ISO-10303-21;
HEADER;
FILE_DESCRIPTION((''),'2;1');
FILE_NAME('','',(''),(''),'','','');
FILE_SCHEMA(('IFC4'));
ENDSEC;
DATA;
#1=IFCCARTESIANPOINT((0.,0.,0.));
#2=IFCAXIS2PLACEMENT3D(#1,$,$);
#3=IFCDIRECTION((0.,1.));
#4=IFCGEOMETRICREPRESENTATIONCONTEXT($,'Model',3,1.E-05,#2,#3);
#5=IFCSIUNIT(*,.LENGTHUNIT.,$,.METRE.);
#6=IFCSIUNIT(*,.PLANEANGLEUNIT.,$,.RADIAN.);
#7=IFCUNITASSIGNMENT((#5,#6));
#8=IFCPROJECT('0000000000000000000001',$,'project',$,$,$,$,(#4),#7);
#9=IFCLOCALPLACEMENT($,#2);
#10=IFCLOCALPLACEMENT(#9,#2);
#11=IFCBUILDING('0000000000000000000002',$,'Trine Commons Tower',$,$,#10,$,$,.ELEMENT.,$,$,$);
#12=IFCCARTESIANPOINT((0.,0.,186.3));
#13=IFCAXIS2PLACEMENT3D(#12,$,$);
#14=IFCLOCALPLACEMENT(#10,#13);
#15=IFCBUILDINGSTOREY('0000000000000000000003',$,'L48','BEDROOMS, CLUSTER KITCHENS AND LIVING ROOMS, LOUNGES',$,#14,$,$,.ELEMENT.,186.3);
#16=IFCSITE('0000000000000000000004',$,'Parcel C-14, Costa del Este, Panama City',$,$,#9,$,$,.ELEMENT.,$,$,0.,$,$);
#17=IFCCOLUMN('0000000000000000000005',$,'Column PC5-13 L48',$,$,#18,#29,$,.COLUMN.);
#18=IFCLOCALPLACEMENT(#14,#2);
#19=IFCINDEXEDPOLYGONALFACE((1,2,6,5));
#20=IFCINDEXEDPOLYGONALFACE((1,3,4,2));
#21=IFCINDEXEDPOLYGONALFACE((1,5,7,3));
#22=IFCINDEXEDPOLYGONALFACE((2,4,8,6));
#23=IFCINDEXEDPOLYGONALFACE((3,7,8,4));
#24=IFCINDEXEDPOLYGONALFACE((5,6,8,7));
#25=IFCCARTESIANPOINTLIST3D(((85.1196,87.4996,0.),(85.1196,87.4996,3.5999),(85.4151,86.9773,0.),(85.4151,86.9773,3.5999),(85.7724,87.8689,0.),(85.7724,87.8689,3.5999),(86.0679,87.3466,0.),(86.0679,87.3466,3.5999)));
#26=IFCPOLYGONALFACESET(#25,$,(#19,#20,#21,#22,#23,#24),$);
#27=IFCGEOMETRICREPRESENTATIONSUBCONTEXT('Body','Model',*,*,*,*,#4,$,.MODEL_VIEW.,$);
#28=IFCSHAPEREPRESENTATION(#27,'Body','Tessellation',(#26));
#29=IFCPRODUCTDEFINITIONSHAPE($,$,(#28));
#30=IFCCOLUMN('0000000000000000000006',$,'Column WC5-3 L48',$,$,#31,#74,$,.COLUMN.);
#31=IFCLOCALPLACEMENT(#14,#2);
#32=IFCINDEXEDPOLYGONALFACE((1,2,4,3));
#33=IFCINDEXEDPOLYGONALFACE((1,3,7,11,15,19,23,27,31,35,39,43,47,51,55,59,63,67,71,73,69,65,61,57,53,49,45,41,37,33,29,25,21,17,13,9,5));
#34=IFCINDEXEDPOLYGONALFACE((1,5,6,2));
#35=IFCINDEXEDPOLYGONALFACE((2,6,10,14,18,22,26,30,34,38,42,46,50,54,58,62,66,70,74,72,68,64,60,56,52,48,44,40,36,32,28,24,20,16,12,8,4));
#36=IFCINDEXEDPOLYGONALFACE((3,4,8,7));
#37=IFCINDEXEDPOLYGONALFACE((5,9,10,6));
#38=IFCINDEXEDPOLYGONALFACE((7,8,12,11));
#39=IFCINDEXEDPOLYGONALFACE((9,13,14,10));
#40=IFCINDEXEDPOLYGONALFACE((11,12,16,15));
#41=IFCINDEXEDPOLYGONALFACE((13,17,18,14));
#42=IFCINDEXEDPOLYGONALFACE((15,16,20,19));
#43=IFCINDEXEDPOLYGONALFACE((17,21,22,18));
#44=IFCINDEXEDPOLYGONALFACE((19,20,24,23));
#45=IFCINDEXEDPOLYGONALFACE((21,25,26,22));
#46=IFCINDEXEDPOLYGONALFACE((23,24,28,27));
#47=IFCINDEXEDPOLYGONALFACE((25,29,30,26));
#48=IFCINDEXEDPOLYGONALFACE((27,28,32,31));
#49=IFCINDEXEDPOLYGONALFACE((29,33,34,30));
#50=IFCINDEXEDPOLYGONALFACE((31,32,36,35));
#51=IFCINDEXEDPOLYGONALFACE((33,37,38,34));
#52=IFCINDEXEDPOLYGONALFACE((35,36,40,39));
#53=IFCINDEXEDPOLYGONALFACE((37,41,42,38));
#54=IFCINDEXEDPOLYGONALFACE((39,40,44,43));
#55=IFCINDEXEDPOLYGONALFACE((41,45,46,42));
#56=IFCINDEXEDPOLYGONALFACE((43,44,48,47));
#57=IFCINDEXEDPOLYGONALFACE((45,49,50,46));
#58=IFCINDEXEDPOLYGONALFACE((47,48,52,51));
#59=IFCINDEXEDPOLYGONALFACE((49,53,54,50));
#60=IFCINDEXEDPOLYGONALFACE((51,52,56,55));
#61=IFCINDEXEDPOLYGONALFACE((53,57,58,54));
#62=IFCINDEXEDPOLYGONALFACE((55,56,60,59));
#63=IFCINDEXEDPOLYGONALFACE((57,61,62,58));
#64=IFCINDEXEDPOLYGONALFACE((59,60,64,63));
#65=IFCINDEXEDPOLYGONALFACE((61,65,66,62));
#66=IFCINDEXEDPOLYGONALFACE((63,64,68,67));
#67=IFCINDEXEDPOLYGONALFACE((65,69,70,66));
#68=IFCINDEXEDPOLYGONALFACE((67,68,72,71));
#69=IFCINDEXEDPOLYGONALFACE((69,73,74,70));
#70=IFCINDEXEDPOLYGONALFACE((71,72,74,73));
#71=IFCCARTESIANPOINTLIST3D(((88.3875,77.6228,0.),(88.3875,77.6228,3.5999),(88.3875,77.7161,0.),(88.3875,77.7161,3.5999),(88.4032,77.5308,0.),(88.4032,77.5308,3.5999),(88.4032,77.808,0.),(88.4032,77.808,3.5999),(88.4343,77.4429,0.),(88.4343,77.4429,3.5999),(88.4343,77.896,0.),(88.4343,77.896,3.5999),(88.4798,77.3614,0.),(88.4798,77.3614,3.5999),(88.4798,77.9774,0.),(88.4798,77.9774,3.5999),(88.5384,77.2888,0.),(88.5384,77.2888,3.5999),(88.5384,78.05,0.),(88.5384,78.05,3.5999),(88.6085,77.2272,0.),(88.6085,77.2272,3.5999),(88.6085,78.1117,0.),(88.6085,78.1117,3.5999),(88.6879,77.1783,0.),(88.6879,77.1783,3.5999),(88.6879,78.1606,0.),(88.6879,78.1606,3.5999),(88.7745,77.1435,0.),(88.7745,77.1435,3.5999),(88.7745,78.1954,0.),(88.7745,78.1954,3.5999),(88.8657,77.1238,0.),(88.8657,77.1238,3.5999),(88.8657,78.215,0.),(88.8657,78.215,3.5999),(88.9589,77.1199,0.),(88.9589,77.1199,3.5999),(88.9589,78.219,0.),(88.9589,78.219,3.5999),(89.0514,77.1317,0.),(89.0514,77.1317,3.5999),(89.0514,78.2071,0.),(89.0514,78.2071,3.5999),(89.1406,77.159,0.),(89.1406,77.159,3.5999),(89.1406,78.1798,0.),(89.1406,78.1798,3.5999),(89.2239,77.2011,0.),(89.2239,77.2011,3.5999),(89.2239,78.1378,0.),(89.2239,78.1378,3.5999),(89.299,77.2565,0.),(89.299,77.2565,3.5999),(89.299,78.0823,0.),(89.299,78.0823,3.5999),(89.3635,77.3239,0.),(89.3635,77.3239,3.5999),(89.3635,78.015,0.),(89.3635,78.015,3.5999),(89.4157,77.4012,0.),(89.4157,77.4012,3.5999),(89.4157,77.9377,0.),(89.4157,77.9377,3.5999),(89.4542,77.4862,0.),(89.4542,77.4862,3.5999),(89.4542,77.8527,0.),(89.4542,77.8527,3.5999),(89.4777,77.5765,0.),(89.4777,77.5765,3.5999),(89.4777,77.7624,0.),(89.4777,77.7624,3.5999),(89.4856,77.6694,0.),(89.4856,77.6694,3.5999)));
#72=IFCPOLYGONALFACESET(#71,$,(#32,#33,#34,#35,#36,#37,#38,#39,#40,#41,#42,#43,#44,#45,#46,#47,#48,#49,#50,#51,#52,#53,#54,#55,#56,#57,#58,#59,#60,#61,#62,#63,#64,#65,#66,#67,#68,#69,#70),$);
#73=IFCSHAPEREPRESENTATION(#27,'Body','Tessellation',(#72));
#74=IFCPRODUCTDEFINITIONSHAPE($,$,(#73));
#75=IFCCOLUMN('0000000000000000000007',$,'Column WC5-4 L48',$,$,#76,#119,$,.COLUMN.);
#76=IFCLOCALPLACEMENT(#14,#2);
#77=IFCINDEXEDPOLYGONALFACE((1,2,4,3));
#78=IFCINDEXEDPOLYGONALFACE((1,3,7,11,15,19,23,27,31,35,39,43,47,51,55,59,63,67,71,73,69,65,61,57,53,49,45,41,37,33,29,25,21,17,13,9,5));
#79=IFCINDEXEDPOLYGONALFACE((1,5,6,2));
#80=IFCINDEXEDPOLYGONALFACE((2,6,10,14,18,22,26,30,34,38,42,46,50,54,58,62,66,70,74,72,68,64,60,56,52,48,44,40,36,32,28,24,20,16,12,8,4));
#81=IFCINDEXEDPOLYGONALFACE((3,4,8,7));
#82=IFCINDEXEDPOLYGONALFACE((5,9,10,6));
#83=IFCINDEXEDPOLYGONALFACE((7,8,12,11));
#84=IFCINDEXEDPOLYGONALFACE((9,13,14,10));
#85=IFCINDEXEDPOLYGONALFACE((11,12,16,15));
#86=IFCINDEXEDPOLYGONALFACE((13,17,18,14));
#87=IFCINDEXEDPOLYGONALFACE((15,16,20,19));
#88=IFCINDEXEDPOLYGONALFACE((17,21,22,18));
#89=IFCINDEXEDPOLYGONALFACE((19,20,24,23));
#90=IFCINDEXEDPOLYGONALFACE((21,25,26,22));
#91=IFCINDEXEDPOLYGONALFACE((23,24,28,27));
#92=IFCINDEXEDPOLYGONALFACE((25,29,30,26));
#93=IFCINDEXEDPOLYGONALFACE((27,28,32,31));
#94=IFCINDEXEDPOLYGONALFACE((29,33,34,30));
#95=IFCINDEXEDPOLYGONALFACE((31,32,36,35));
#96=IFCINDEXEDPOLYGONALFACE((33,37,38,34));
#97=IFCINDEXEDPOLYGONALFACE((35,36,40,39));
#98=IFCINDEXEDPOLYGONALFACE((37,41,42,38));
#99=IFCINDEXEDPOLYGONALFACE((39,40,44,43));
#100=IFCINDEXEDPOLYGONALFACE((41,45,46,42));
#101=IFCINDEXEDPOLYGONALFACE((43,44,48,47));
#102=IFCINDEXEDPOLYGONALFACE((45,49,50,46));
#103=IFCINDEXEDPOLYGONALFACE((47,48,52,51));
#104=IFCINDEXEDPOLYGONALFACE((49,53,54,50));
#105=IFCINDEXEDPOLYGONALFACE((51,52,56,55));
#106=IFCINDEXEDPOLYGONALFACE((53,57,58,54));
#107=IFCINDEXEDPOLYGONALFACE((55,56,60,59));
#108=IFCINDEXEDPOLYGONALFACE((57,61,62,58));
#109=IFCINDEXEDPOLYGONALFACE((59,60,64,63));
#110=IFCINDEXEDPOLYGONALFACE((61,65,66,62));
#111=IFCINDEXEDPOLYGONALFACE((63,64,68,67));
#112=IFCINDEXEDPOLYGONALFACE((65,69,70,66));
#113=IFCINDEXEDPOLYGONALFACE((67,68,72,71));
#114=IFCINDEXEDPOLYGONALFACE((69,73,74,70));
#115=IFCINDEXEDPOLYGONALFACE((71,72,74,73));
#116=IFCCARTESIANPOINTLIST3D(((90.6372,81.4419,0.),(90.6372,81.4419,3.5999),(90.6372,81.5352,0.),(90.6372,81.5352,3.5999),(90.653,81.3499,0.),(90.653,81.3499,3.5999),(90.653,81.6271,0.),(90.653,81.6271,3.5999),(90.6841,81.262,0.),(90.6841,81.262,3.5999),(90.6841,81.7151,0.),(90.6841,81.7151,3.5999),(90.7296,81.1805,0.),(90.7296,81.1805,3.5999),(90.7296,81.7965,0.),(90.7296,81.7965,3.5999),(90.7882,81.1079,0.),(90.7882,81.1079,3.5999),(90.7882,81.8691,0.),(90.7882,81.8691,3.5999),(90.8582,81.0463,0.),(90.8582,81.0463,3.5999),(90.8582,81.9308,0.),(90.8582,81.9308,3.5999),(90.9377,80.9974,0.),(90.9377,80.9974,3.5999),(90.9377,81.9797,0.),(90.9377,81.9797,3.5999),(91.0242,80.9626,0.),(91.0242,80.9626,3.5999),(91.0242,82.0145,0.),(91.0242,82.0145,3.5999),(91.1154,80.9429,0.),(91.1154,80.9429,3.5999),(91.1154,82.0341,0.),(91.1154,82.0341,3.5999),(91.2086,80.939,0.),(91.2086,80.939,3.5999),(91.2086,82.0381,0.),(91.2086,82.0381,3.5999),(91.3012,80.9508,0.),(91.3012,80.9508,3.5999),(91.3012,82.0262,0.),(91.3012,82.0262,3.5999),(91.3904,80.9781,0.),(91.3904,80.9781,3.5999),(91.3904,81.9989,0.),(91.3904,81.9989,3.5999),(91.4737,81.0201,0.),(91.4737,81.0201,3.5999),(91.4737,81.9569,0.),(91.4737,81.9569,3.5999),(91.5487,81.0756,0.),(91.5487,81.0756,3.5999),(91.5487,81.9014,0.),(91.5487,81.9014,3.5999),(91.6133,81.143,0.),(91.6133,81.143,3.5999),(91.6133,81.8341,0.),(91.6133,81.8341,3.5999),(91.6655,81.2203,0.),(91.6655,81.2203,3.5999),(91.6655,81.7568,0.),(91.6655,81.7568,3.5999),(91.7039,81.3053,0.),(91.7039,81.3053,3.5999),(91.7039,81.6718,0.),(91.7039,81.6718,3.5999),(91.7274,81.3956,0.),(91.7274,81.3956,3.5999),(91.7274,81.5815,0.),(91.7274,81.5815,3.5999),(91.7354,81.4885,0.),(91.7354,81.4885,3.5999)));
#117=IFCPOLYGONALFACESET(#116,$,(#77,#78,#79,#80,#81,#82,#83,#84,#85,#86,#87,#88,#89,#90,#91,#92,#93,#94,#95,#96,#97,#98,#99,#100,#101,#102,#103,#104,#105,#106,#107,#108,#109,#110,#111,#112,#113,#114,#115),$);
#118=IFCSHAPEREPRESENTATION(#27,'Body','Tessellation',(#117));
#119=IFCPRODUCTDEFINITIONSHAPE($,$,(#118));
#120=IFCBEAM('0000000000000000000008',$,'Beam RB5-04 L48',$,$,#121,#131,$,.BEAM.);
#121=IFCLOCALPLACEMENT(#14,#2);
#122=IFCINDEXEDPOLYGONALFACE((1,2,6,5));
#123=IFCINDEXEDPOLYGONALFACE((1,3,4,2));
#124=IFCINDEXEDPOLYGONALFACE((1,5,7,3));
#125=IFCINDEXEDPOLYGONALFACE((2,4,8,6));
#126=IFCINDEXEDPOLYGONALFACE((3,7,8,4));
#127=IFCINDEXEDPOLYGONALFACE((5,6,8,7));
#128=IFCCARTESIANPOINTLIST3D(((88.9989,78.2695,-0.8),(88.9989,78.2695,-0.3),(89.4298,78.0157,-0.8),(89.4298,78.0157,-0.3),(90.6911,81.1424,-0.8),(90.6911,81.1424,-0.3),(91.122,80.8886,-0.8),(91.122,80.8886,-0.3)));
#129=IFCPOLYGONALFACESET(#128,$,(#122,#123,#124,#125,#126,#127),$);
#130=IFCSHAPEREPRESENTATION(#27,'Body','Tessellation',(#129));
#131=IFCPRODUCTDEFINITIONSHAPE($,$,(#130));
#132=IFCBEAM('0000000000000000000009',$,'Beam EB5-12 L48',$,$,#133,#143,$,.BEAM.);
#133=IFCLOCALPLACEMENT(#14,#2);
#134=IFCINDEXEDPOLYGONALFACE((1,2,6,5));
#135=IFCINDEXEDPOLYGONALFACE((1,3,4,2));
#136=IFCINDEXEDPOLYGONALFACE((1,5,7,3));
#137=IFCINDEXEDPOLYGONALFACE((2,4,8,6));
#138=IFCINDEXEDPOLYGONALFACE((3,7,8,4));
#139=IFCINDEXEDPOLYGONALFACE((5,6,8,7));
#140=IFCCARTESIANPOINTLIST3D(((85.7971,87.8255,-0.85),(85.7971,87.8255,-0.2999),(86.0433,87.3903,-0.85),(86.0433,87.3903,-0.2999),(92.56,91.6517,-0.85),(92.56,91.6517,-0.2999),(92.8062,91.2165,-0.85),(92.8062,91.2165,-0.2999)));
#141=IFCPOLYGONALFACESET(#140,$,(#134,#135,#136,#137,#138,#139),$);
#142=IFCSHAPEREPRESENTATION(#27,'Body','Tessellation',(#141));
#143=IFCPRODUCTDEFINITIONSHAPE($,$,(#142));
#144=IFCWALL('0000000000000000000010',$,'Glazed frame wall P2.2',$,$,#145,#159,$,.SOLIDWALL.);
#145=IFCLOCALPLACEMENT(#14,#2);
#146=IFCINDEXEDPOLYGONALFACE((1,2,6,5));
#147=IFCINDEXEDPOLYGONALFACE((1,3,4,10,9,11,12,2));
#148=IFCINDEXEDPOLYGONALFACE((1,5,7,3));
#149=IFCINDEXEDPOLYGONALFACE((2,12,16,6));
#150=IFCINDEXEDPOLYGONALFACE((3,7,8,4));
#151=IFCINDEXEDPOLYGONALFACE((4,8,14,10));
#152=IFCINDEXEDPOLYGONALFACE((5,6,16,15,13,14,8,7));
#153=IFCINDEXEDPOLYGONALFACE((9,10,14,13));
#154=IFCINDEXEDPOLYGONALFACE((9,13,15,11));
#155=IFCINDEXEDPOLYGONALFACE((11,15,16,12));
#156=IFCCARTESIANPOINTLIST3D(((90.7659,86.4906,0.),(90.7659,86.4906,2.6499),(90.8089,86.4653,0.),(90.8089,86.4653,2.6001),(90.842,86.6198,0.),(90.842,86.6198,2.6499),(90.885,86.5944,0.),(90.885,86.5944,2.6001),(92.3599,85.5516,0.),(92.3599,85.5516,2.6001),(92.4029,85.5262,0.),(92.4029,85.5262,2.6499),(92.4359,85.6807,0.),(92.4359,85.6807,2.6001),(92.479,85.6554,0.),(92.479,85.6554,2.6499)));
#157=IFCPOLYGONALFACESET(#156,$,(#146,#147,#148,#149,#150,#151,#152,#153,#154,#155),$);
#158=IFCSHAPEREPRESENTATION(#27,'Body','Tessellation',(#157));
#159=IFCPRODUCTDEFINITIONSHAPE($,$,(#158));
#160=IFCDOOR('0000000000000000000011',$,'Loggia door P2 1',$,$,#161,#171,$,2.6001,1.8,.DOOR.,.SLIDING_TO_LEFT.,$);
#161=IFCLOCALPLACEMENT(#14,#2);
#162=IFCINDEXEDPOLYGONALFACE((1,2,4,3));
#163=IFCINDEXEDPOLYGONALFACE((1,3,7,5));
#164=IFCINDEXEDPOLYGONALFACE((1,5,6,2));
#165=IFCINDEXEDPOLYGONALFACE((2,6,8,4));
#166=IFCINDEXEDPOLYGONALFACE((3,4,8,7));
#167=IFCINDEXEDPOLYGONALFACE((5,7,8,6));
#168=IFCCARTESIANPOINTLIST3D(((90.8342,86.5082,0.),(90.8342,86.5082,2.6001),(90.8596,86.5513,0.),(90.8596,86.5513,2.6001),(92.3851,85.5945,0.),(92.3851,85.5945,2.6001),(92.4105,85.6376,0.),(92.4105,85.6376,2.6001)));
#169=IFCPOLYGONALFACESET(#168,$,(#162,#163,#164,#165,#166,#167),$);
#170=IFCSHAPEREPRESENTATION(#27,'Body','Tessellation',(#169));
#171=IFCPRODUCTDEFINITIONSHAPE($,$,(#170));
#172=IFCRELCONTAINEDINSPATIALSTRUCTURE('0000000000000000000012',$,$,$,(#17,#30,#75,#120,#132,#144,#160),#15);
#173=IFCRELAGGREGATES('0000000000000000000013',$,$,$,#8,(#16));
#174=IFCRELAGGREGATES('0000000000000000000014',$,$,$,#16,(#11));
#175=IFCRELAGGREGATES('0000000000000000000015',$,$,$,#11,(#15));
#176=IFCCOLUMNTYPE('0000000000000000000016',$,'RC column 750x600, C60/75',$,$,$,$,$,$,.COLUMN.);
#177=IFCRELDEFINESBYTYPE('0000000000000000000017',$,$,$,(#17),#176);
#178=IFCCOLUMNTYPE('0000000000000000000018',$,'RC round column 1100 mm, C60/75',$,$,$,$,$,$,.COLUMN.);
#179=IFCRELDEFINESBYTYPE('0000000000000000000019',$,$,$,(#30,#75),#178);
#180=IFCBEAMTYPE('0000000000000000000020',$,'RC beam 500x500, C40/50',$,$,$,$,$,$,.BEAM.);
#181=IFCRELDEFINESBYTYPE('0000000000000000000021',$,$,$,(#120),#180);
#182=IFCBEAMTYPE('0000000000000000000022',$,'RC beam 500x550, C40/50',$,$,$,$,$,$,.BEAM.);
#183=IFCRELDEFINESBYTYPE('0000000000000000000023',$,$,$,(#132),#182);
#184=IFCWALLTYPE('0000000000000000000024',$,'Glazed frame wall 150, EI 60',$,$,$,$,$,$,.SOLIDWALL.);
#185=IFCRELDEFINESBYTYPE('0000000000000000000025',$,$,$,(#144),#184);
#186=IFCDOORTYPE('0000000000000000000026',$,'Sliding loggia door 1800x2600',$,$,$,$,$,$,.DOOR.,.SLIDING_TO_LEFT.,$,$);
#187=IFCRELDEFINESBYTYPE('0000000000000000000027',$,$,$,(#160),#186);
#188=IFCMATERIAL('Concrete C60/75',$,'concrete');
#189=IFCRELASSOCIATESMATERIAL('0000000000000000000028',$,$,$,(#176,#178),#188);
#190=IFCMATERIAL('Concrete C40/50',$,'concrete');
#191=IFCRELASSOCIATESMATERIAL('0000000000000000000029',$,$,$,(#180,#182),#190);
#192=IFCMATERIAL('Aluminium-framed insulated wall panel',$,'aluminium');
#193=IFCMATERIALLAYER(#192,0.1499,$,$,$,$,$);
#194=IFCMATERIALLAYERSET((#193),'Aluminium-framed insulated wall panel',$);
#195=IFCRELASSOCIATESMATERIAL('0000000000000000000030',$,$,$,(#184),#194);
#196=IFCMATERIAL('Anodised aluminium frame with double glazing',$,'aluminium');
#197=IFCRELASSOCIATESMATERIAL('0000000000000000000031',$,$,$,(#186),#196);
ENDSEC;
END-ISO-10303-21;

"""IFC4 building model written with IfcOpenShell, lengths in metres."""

from ifc_helpers import new_model, si_unit, direction, frame, frame_2d, origin, origin_2d, place, context, subcontext, project, spatial, polyline, rectangle, circle, outline, extrude, material, layer, layer_set, material_profile, profile_set, type_object, element, fill, save


model = new_model("IFC4")

# Units and contexts
model_context = context("Model", 3, precision=1e-05, world=origin(), true_north=direction((0.0, 1.0)))
body_context = subcontext(model_context, "Body", "Model", "MODEL_VIEW")
ifc_project = project(units=[si_unit("LENGTHUNIT", "METRE"), si_unit("PLANEANGLEUNIT", "RADIAN")], contexts=[model_context])

# Site, building, storey
site_placement = place(None, origin())
site = spatial("IfcSite", under=ifc_project, at=site_placement, Name="Parcel C-14, Costa del Este, Panama City", CompositionType="ELEMENT", RefElevation=0.0)
building_placement = place(site_placement, origin())
building = spatial("IfcBuilding", under=site, at=building_placement, Name="Trine Commons Tower", CompositionType="ELEMENT")
storey_placement = place(building_placement, frame((0.0, 0.0, 186.3)))
storey = spatial("IfcBuildingStorey", under=building, at=storey_placement, Name="L48", Description="BEDROOMS, CLUSTER KITCHENS AND LIVING ROOMS, LOUNGES", CompositionType="ELEMENT", Elevation=186.3)

# Columns
ifc_material_1 = material(Name="Concrete C60/75", Category="concrete")
ifc_material_profile_1 = material_profile(ifc_material_1, rectangle(XDim=0.75, YDim=0.6001, at=origin_2d()), Name="RC 750x600")
ifc_profile_set_1 = profile_set([ifc_material_profile_1], Name="Concrete C60/75")
column_type_1 = type_object("IfcColumnType", Name="RC column 750x600, C60/75", PredefinedType="COLUMN", material=ifc_profile_set_1)
column_placement = place(storey_placement, frame((85.5938, 87.4231, 0.0), z_axis=(0.0, 0.0, 1.0), x_axis=(0.870356, 0.492424, 0.0)))
element("IfcColumn", 1, at=column_placement, inside=storey, type_object=column_type_1, Name="Column PC5-13 L48", PredefinedType="COLUMN", context=body_context, shape_type="SweptSolid", body=[
    extrude(rectangle(XDim=0.75, YDim=0.6001, at=origin_2d()), origin(), (0.0, 0.0, 1.0), 3.5999),
])
ifc_material_profile_2 = material_profile(ifc_material_1, circle(Radius=0.55, at=origin_2d()), Name="RC round 1100")
ifc_profile_set_2 = profile_set([ifc_material_profile_2], Name="Concrete C60/75")
column_type_2 = type_object("IfcColumnType", Name="RC round column 1100 mm, C60/75", PredefinedType="COLUMN", material=ifc_profile_set_2)
for number, where, z_axis, x_axis, name in (
    (2, (88.9355, 77.6694, 0.0), (0.0, 0.0, 1.0), (1.0, 0.0, 0.0), "Column WC5-3 L48"),
    (3, (91.1853, 81.4885, 0.0), (0.0, 0.0, 1.0), (1.0, 0.0, 0.0), "Column WC5-4 L48"),
):
    element("IfcColumn", number, at=place(storey_placement, frame(where, z_axis=z_axis, x_axis=x_axis)), inside=storey, type_object=column_type_2, Name=name, PredefinedType="COLUMN", context=body_context, shape_type="SweptSolid", body=[
        extrude(circle(Radius=0.55, at=origin_2d()), origin(), (0.0, 0.0, 1.0), 3.5999),
    ])

# Beams
ifc_material_2 = material(Name="Concrete C40/50", Category="concrete")
ifc_material_profile_3 = material_profile(ifc_material_2, rectangle(XDim=0.5, YDim=0.5, at=origin_2d()), Name="RC 500x500")
ifc_profile_set_3 = profile_set([ifc_material_profile_3], Name="Concrete C40/50")
beam_type_1 = type_object("IfcBeamType", Name="RC beam 500x500, C40/50", PredefinedType="BEAM", material=ifc_profile_set_3)
beam_1_placement = place(storey_placement, frame((89.2144, 78.1426, -0.55), z_axis=(0.507522, 0.861639, 0.0), x_axis=(-0.861639, 0.507522, 0.0)))
element("IfcBeam", 4, at=beam_1_placement, inside=storey, type_object=beam_type_1, Name="Beam RB5-04 L48", PredefinedType="BEAM", context=body_context, shape_type="SweptSolid", body=[
    extrude(rectangle(XDim=0.5, YDim=0.5, at=origin_2d()), origin(), (0.0, 0.0, 1.0), 3.3342),
])
ifc_material_profile_4 = material_profile(ifc_material_2, rectangle(XDim=0.5, YDim=0.55, at=origin_2d()), Name="RC 500x550")
ifc_profile_set_4 = profile_set([ifc_material_profile_4], Name="Concrete C40/50")
beam_type_2 = type_object("IfcBeamType", Name="RC beam 500x550, C40/50", PredefinedType="BEAM", material=ifc_profile_set_4)
beam_2_placement = place(storey_placement, frame((85.9202, 87.6079, -0.575), z_axis=(0.870362, 0.492412, 0.0), x_axis=(-0.492412, 0.870362, 0.0)))
element("IfcBeam", 5, at=beam_2_placement, inside=storey, type_object=beam_type_2, Name="Beam EB5-12 L48", PredefinedType="BEAM", context=body_context, shape_type="SweptSolid", body=[
    extrude(rectangle(XDim=0.5, YDim=0.55, at=origin_2d()), origin(), (0.0, 0.0, 1.0), 7.7703),
])

# Shared definitions
ifc_material_3 = material(Name="Aluminium-framed insulated wall panel", Category="aluminium")
ifc_layer_1 = layer(ifc_material_3, 0.1499)
ifc_layer_set_1 = layer_set([ifc_layer_1], Name="Aluminium-framed insulated wall panel")
wall_type_1 = type_object("IfcWallType", Name="Glazed frame wall 150, EI 60", PredefinedType="SOLIDWALL", material=ifc_layer_set_1)

# Wall, opening, door
wall_1_placement = place(storey_placement, frame((90.804, 86.5552, 0.0), z_axis=(0.0, 0.0, 1.0), x_axis=(0.861604, -0.507582, 0.0)))
wall_1 = element("IfcWall", 6, at=wall_1_placement, inside=storey, type_object=wall_type_1, Name="Glazed frame wall P2.2", PredefinedType="SOLIDWALL", context=body_context, shape_type="SweptSolid", body=[
    extrude(outline(polyline([(0.0, -0.075), (1.8999, -0.075), (1.8999, 0.075), (0.0, 0.075), (0.0, -0.075)])), origin(), (0.0, 0.0, 1.0), 2.6499),
])
opening_1_placement = place(wall_1_placement, frame((0.05, 0.0, 0.0)))
opening_1 = element("IfcOpeningElement", 7, at=opening_1_placement, cuts=wall_1, PredefinedType="OPENING", context=body_context, shape_type="SweptSolid", body=[
    extrude(rectangle(XDim=1.8, YDim=2.6001, at=frame_2d((0.8999, 1.3))), frame((0.0, 0.085, 0.0), z_axis=(0.0, -1.0, 0.0), x_axis=(1.0, 0.0, 0.0)), (0.0, 0.0, 1.0), 0.1699),
])
ifc_material_4 = material(Name="Anodised aluminium frame with double glazing", Category="aluminium")
door_type_1 = type_object("IfcDoorType", Name="Sliding loggia door 1800x2600", OperationType="SLIDING_TO_LEFT", PredefinedType="DOOR", material=ifc_material_4)
door_1_placement = place(opening_1_placement, origin())
door_1 = element("IfcDoor", 8, at=door_1_placement, inside=storey, type_object=door_type_1, Name="Loggia door P2 1", OperationType="SLIDING_TO_LEFT", OverallHeight=2.6001, OverallWidth=1.8, PredefinedType="DOOR", context=body_context, shape_type="SweptSolid", body=[
    extrude(rectangle(XDim=1.8, YDim=2.6001, at=frame_2d((0.8999, 1.3))), frame((0.0, 0.0249, 0.0), z_axis=(0.0, -1.0, 0.0), x_axis=(1.0, 0.0, 0.0)), (0.0, 0.0, 1.0), 0.05),
])
fill(opening_1, door_1)

save(model, "model.ifc")
